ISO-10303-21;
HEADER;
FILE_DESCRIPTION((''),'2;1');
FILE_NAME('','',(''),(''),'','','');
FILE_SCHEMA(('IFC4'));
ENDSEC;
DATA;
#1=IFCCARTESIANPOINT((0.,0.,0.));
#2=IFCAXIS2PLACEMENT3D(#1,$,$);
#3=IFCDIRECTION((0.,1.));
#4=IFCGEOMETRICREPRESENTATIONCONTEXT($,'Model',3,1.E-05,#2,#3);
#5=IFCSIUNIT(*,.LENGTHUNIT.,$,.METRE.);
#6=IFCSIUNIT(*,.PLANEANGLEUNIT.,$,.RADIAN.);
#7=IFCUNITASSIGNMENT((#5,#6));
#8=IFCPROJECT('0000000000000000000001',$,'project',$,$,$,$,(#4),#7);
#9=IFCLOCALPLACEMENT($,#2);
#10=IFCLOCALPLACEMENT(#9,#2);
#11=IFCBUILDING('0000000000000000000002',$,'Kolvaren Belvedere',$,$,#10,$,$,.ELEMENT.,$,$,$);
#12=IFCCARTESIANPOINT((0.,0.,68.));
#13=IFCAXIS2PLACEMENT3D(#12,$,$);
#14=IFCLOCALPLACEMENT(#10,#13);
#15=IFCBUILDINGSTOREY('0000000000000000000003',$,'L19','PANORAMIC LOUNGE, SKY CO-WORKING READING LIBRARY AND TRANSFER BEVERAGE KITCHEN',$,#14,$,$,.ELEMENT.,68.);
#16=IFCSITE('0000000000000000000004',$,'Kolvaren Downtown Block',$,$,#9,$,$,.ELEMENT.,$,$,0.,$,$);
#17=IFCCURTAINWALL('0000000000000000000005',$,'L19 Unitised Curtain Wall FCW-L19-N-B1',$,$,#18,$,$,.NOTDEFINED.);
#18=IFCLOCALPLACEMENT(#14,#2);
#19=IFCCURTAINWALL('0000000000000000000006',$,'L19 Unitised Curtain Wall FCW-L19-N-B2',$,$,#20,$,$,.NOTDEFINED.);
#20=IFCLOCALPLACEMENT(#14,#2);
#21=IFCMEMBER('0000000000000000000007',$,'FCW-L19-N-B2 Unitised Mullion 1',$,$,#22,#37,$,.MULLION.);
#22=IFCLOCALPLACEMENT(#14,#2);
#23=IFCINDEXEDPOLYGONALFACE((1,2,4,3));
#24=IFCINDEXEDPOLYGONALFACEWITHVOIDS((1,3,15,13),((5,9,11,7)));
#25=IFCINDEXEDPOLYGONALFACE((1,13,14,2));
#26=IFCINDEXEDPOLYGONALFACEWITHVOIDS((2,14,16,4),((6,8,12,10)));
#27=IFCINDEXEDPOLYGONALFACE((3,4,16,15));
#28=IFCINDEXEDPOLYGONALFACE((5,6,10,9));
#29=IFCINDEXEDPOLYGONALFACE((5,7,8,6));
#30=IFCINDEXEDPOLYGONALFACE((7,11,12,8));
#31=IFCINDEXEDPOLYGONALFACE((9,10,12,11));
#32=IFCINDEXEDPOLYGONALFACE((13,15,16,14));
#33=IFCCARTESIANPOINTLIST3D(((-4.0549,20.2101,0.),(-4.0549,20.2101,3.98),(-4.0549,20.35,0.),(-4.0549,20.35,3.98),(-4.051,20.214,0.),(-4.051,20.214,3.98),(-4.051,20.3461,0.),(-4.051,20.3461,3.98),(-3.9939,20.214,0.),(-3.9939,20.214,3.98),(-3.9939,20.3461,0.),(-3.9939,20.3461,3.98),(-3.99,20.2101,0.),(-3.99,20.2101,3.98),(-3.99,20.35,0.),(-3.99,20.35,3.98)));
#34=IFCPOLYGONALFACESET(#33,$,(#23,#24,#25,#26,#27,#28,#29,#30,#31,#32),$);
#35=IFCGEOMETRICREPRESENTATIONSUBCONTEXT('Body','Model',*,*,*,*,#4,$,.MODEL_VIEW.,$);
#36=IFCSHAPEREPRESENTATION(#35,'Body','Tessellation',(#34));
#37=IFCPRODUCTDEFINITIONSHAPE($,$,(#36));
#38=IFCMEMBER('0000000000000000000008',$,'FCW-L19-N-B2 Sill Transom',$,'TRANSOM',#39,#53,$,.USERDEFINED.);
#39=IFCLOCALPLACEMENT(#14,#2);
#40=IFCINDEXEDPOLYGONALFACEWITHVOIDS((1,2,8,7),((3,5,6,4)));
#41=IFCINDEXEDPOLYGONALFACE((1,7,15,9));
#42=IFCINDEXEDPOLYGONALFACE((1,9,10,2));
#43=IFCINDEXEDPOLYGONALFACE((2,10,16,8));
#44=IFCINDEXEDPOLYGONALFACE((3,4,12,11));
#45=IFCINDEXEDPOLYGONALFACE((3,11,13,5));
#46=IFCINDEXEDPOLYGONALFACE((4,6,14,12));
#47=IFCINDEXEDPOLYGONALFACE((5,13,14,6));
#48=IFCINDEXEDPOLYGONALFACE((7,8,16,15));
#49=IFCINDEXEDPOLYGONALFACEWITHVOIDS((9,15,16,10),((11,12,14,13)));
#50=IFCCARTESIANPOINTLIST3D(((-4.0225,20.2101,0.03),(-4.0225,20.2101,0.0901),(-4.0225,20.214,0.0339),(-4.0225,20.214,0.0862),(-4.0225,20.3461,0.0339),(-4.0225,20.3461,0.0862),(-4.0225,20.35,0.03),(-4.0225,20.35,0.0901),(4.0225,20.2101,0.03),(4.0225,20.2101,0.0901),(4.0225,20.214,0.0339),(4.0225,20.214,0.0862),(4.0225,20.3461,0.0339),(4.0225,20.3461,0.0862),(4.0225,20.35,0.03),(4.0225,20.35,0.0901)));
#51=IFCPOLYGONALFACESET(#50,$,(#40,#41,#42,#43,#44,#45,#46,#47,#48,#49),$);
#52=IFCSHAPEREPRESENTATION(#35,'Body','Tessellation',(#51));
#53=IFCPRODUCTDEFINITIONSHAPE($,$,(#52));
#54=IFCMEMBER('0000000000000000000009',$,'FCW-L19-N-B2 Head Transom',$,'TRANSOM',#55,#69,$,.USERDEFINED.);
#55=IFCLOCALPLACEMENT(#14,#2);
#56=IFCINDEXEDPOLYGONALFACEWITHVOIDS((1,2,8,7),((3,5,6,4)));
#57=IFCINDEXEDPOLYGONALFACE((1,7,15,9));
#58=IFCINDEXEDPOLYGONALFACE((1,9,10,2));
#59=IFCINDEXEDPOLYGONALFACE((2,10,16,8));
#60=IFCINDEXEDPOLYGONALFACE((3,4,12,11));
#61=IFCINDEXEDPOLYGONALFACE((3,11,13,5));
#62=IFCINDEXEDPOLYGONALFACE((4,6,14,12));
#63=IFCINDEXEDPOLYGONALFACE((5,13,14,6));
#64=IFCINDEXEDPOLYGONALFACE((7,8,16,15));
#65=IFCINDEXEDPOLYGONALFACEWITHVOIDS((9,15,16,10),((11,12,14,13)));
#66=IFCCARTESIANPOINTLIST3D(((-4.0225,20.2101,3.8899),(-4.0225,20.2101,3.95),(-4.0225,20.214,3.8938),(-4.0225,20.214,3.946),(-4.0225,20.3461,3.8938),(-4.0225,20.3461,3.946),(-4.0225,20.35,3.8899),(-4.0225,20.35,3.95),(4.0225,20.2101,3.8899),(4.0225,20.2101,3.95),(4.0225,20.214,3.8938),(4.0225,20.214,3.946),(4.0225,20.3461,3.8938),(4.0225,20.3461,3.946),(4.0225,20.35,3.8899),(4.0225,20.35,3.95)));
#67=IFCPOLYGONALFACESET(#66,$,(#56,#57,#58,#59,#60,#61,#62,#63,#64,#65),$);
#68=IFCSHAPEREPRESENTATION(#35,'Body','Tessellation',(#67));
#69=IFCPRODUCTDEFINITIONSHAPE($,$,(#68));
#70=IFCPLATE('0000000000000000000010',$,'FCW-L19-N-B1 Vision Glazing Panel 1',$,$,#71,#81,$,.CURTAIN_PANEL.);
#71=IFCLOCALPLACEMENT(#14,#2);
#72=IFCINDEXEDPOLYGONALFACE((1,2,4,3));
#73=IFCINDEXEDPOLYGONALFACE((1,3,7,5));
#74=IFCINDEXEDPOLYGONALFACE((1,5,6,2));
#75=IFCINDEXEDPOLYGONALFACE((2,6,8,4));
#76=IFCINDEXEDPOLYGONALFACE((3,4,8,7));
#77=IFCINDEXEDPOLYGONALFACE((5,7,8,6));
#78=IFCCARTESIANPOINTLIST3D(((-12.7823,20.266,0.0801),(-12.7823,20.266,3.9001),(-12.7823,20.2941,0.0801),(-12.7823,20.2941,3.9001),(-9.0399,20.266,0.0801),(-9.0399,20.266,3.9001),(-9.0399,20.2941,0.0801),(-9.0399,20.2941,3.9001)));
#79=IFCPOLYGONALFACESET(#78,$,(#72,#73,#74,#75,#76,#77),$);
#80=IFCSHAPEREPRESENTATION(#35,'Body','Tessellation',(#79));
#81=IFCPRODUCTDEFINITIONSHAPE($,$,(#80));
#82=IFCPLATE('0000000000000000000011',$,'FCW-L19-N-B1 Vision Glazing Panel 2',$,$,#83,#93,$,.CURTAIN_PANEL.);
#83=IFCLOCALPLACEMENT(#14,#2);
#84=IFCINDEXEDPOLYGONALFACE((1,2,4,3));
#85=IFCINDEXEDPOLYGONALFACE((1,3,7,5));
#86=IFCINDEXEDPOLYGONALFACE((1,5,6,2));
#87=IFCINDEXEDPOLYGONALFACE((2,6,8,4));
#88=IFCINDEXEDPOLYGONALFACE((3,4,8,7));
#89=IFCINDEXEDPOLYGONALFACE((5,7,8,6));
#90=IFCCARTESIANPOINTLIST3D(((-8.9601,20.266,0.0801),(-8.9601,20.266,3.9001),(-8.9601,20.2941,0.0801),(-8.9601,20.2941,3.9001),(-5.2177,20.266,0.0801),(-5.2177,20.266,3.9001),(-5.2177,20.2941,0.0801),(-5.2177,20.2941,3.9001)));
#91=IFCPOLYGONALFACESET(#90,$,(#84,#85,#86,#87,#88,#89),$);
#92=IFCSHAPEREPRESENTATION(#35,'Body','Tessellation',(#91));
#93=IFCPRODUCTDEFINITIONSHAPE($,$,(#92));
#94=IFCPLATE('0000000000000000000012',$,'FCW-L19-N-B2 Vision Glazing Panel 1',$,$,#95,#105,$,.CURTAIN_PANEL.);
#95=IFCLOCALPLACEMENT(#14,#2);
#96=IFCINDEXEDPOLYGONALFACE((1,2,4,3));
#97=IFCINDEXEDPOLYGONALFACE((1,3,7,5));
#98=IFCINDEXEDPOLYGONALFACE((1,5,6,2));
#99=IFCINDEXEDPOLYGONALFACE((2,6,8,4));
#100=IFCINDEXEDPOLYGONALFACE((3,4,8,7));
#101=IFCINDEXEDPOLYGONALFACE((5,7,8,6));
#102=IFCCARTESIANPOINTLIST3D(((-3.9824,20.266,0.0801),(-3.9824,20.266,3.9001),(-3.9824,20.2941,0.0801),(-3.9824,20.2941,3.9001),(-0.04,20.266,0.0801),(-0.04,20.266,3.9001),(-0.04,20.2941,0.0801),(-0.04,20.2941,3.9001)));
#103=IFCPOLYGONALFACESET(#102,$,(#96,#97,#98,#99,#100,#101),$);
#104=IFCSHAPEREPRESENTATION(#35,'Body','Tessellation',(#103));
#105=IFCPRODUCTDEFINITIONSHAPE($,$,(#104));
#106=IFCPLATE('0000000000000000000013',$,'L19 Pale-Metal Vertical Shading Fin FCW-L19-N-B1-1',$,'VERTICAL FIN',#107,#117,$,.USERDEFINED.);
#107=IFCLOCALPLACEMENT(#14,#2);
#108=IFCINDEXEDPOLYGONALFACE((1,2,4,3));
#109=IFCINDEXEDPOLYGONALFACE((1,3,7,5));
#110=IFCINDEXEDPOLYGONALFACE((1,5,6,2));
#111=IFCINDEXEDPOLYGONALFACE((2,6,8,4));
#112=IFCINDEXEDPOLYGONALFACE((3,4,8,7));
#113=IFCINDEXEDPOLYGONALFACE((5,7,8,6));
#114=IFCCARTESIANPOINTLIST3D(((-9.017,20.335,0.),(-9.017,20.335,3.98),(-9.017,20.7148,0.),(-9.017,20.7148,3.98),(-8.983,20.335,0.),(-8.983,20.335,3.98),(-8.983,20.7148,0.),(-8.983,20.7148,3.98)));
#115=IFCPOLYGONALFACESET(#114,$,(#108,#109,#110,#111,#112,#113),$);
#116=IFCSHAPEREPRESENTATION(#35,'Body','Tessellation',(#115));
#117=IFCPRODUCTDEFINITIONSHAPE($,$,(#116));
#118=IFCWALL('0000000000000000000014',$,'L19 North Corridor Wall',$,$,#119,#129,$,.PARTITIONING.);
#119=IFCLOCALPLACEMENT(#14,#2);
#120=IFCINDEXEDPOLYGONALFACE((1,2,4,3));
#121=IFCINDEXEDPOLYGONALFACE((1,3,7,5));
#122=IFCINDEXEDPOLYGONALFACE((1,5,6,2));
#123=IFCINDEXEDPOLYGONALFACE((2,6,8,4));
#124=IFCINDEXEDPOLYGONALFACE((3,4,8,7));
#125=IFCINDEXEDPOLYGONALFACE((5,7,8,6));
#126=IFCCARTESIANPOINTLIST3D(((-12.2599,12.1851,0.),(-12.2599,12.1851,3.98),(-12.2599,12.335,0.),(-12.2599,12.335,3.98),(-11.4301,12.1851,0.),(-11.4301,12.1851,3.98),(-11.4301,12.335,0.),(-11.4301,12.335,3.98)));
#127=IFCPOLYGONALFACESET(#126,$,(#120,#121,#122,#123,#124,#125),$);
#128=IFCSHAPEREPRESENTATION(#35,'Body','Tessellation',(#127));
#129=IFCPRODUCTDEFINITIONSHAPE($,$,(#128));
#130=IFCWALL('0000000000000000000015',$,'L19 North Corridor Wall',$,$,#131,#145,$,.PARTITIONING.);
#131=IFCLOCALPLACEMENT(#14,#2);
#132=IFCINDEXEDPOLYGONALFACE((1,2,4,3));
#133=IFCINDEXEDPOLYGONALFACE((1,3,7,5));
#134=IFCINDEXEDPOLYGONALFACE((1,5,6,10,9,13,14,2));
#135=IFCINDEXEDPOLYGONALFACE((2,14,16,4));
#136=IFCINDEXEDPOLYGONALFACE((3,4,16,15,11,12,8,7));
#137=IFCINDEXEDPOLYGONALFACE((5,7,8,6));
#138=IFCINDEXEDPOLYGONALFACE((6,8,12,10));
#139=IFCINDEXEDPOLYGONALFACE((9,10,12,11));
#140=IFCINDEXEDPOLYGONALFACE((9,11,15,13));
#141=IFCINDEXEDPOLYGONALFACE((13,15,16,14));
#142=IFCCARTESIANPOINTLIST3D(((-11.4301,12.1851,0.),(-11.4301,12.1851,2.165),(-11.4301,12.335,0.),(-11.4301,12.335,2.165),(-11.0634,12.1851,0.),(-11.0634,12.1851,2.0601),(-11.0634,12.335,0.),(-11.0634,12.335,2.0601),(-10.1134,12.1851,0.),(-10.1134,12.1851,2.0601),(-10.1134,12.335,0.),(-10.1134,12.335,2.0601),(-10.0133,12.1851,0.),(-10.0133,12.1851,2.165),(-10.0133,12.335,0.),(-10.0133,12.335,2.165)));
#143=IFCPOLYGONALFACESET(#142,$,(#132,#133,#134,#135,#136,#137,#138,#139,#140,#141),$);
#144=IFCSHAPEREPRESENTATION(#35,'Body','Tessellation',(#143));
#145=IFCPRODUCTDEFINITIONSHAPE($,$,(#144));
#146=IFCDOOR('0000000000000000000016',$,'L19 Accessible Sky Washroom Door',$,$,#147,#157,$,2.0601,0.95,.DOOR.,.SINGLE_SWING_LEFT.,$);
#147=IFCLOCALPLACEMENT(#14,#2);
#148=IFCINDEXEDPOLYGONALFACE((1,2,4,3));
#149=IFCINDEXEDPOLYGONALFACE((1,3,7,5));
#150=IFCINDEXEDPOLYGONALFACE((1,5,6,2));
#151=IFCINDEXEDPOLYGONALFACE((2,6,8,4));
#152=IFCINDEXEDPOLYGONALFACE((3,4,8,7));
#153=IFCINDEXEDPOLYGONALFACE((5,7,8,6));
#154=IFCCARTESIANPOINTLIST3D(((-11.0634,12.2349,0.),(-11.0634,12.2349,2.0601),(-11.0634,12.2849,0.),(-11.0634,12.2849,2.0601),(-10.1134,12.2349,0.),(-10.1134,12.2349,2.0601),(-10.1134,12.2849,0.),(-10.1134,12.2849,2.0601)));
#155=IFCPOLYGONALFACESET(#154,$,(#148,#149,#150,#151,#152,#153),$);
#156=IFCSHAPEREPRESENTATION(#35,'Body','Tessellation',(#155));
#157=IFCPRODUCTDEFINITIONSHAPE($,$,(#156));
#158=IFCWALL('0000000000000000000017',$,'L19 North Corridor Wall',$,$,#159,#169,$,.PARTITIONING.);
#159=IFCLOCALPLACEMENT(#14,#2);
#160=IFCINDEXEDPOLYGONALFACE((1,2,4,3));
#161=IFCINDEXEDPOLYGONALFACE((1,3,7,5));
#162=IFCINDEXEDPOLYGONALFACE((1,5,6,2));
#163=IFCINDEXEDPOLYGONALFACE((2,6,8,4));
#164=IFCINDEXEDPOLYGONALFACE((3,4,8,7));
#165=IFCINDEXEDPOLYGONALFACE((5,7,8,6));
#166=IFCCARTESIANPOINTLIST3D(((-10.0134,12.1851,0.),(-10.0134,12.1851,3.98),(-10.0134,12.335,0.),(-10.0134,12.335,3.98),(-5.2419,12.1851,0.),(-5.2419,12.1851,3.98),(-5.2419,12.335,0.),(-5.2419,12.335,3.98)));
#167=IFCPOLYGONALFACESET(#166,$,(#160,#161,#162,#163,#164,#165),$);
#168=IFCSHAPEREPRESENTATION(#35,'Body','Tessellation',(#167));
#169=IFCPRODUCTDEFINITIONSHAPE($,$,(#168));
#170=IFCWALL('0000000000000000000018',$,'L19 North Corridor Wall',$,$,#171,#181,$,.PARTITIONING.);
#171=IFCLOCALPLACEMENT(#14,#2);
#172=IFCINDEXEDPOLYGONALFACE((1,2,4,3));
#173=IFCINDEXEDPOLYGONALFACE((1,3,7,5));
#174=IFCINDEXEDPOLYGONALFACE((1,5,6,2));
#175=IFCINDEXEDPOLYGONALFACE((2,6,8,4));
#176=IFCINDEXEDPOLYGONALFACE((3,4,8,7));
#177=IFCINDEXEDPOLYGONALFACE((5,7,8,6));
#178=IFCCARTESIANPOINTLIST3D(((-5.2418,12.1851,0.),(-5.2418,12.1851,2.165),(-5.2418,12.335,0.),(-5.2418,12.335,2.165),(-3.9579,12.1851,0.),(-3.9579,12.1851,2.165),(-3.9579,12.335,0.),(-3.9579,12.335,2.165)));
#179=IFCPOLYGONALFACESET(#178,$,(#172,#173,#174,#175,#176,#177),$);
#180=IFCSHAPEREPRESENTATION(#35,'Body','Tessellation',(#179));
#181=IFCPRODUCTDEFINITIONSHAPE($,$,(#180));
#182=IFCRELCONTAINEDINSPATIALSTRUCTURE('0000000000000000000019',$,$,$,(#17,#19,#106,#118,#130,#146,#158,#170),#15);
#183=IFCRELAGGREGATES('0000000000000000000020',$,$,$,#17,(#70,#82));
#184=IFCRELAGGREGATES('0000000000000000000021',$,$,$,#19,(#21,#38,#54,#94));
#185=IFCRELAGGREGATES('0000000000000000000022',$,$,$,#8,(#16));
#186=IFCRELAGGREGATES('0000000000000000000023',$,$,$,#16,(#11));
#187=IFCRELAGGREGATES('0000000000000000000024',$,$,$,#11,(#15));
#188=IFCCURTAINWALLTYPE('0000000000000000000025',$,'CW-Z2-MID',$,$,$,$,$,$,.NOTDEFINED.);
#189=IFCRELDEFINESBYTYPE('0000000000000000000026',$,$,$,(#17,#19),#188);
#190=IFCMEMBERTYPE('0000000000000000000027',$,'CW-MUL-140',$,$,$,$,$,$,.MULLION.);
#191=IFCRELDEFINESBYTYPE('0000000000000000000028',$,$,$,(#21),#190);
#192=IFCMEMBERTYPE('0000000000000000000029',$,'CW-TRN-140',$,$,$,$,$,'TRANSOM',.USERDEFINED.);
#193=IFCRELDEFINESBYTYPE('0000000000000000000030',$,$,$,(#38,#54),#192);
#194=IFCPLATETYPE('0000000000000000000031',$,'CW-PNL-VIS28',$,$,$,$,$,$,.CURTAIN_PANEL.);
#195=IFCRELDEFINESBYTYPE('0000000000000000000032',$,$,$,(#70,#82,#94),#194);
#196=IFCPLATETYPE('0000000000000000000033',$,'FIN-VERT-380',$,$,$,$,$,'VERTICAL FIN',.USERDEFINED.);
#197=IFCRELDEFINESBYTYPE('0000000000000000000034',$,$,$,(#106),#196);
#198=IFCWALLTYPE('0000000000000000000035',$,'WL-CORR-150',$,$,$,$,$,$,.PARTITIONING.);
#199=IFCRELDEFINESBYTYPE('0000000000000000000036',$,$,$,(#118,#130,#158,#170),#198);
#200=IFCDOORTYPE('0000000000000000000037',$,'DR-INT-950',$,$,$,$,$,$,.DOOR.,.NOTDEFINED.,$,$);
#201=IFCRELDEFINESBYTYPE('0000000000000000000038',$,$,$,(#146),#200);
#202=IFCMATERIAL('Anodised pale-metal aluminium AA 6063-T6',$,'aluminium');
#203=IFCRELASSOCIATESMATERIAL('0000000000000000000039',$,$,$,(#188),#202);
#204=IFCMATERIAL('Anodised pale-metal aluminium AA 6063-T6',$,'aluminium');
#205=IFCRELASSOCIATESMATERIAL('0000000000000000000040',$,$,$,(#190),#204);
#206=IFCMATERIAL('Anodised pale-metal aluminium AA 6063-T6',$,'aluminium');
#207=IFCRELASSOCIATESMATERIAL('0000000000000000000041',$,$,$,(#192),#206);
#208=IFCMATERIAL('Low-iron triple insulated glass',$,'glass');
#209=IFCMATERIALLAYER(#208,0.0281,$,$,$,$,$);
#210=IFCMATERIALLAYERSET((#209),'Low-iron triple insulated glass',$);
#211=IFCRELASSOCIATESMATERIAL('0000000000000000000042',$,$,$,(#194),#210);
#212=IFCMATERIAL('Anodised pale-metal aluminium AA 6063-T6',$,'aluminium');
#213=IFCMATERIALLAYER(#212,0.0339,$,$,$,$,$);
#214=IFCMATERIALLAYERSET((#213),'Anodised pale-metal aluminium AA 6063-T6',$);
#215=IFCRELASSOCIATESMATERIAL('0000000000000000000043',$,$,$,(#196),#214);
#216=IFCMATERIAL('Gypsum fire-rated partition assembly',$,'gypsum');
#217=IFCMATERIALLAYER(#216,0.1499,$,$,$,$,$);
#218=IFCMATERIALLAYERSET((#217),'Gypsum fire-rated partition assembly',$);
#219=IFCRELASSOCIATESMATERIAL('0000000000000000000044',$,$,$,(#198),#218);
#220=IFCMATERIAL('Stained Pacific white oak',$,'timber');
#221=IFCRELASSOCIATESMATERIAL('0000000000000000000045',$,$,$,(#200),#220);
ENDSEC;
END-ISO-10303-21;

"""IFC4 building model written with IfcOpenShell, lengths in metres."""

from ifc_helpers import new_model, si_unit, direction, frame, frame_2d, origin, origin_2d, place, context, subcontext, project, spatial, rectangle, hollow_rectangle, extrude, material, layer, layer_set, material_profile, profile_set, type_object, element, fill, aggregate, save


model = new_model("IFC4")

# Units and contexts
model_context = context("Model", 3, precision=1e-05, world=origin(), true_north=direction((0.0, 1.0)))
body_context = subcontext(model_context, "Body", "Model", "MODEL_VIEW")
ifc_project = project(units=[si_unit("LENGTHUNIT", "METRE"), si_unit("PLANEANGLEUNIT", "RADIAN")], contexts=[model_context])

# Site, building, storey
site_placement = place(None, origin())
site = spatial("IfcSite", under=ifc_project, at=site_placement, Name="Kolvaren Downtown Block", CompositionType="ELEMENT", RefElevation=0.0)
building_placement = place(site_placement, origin())
building = spatial("IfcBuilding", under=site, at=building_placement, Name="Kolvaren Belvedere", CompositionType="ELEMENT")
storey_placement = place(building_placement, frame((0.0, 0.0, 68.0)))
storey = spatial("IfcBuildingStorey", under=building, at=storey_placement, Name="L19", Description="PANORAMIC LOUNGE, SKY CO-WORKING READING LIBRARY AND TRANSFER BEVERAGE KITCHEN", CompositionType="ELEMENT", Elevation=68.0)

# Curtain walls, members
ifc_material_1 = material(Name="Anodised pale-metal aluminium AA 6063-T6", Category="aluminium")
curtain_wall_type = type_object("IfcCurtainWallType", Name="CW-Z2-MID", PredefinedType="NOTDEFINED", material=ifc_material_1)
curtain_wall_1_placement = place(storey_placement, origin())
curtain_wall_1 = element("IfcCurtainWall", 1, at=curtain_wall_1_placement, inside=storey, type_object=curtain_wall_type, Name="L19 Unitised Curtain Wall FCW-L19-N-B1", PredefinedType="NOTDEFINED")
ifc_material_2 = material(Name="Anodised pale-metal aluminium AA 6063-T6", Category="aluminium")
ifc_material_profile_1 = material_profile(ifc_material_2, hollow_rectangle(XDim=0.0649, YDim=0.1399, WallThickness=0.0039, at=origin_2d()), Name="ALU-MUL-140X65")
ifc_profile_set_1 = profile_set([ifc_material_profile_1], Name="Anodised pale-metal aluminium AA 6063-T6")
member_type_1 = type_object("IfcMemberType", Name="CW-MUL-140", PredefinedType="MULLION", material=ifc_profile_set_1)
curtain_wall_2_placement = place(storey_placement, origin())
curtain_wall_2 = element("IfcCurtainWall", 2, at=curtain_wall_2_placement, inside=storey, type_object=curtain_wall_type, Name="L19 Unitised Curtain Wall FCW-L19-N-B2", PredefinedType="NOTDEFINED")
member_1_placement = place(storey_placement, frame((-4.0225, 20.28, 0.0), z_axis=(0.0, 0.0, 1.0), x_axis=(1.0, 0.0, 0.0)))
member_1 = element("IfcMember", 3, at=member_1_placement, type_object=member_type_1, Name="FCW-L19-N-B2 Unitised Mullion 1", PredefinedType="MULLION", context=body_context, shape_type="SweptSolid", body=[
    extrude(hollow_rectangle(XDim=0.0649, YDim=0.1399, WallThickness=0.0039, at=origin_2d()), origin(), (0.0, 0.0, 1.0), 3.98),
])
ifc_material_3 = material(Name="Anodised pale-metal aluminium AA 6063-T6", Category="aluminium")
ifc_material_profile_2 = material_profile(ifc_material_3, hollow_rectangle(XDim=0.0601, YDim=0.1399, WallThickness=0.0039, at=origin_2d()), Name="ALU-TRN-140X60")
ifc_profile_set_2 = profile_set([ifc_material_profile_2], Name="Anodised pale-metal aluminium AA 6063-T6")
member_type_2 = type_object("IfcMemberType", Name="CW-TRN-140", ElementType="TRANSOM", PredefinedType="USERDEFINED", material=ifc_profile_set_2)
member_2_placement = place(storey_placement, frame((-4.0225, 20.28, 0.0601), z_axis=(1.0, 0.0, 0.0), x_axis=(0.0, 0.0, 1.0)))
member_2 = element("IfcMember", 4, at=member_2_placement, type_object=member_type_2, Name="FCW-L19-N-B2 Sill Transom", ObjectType="TRANSOM", PredefinedType="USERDEFINED", context=body_context, shape_type="SweptSolid", body=[
    extrude(hollow_rectangle(XDim=0.0601, YDim=0.1399, WallThickness=0.0039, at=origin_2d()), origin(), (0.0, 0.0, 1.0), 8.0449),
])
member_3_placement = place(storey_placement, frame((-4.0225, 20.28, 3.9199), z_axis=(1.0, 0.0, 0.0), x_axis=(0.0, 0.0, 1.0)))
member_3 = element("IfcMember", 5, at=member_3_placement, type_object=member_type_2, Name="FCW-L19-N-B2 Head Transom", ObjectType="TRANSOM", PredefinedType="USERDEFINED", context=body_context, shape_type="SweptSolid", body=[
    extrude(hollow_rectangle(XDim=0.0601, YDim=0.1399, WallThickness=0.0039, at=origin_2d()), origin(), (0.0, 0.0, 1.0), 8.0449),
])

# Plates
ifc_material_4 = material(Name="Low-iron triple insulated glass", Category="glass")
ifc_layer_1 = layer(ifc_material_4, 0.0281)
ifc_layer_set_1 = layer_set([ifc_layer_1], Name="Low-iron triple insulated glass")
plate_type_1 = type_object("IfcPlateType", Name="CW-PNL-VIS28", PredefinedType="CURTAIN_PANEL", material=ifc_layer_set_1)
plate_1_placement = place(storey_placement, frame((-10.9111, 20.28, 0.0801), z_axis=(0.0, 0.0, 1.0), x_axis=(1.0, 0.0, 0.0)))
plate_1 = element("IfcPlate", 6, at=plate_1_placement, type_object=plate_type_1, Name="FCW-L19-N-B1 Vision Glazing Panel 1", PredefinedType="CURTAIN_PANEL", context=body_context, shape_type="SweptSolid", body=[
    extrude(rectangle(XDim=3.7424, YDim=0.0281, at=origin_2d()), origin(), (0.0, 0.0, 1.0), 3.8201),
])
plate_2_placement = place(storey_placement, frame((-7.0889, 20.28, 0.0801), z_axis=(0.0, 0.0, 1.0), x_axis=(1.0, 0.0, 0.0)))
plate_2 = element("IfcPlate", 7, at=plate_2_placement, type_object=plate_type_1, Name="FCW-L19-N-B1 Vision Glazing Panel 2", PredefinedType="CURTAIN_PANEL", context=body_context, shape_type="SweptSolid", body=[
    extrude(rectangle(XDim=3.7424, YDim=0.0281, at=origin_2d()), origin(), (0.0, 0.0, 1.0), 3.8201),
])
aggregate(curtain_wall_1, [plate_1, plate_2])
plate_3_placement = place(storey_placement, frame((-2.0112, 20.28, 0.0801), z_axis=(0.0, 0.0, 1.0), x_axis=(1.0, 0.0, 0.0)))
plate_3 = element("IfcPlate", 8, at=plate_3_placement, type_object=plate_type_1, Name="FCW-L19-N-B2 Vision Glazing Panel 1", PredefinedType="CURTAIN_PANEL", context=body_context, shape_type="SweptSolid", body=[
    extrude(rectangle(XDim=3.9424, YDim=0.0281, at=origin_2d()), origin(), (0.0, 0.0, 1.0), 3.8201),
])
aggregate(curtain_wall_2, [member_1, member_2, member_3, plate_3])
ifc_material_5 = material(Name="Anodised pale-metal aluminium AA 6063-T6", Category="aluminium")
ifc_layer_2 = layer(ifc_material_5, 0.0339)
ifc_layer_set_2 = layer_set([ifc_layer_2], Name="Anodised pale-metal aluminium AA 6063-T6")
plate_type_2 = type_object("IfcPlateType", Name="FIN-VERT-380", ElementType="VERTICAL FIN", PredefinedType="USERDEFINED", material=ifc_layer_set_2)
plate_4_placement = place(storey_placement, frame((-9.0, 20.5249, 0.0), z_axis=(0.0, 0.0, 1.0), x_axis=(0.0, 1.0, 0.0)))
element("IfcPlate", 9, at=plate_4_placement, inside=storey, type_object=plate_type_2, Name="L19 Pale-Metal Vertical Shading Fin FCW-L19-N-B1-1", ObjectType="VERTICAL FIN", PredefinedType="USERDEFINED", context=body_context, shape_type="SweptSolid", body=[
    extrude(rectangle(XDim=0.3799, YDim=0.0339, at=origin_2d()), origin(), (0.0, 0.0, 1.0), 3.98),
])

# Wall
ifc_material_6 = material(Name="Gypsum fire-rated partition assembly", Category="gypsum")
ifc_layer_3 = layer(ifc_material_6, 0.1499)
ifc_layer_set_3 = layer_set([ifc_layer_3], Name="Gypsum fire-rated partition assembly")
wall_type_1 = type_object("IfcWallType", Name="WL-CORR-150", PredefinedType="PARTITIONING", material=ifc_layer_set_3)
wall_1_placement = place(storey_placement, frame((-12.26, 12.26, 0.0), z_axis=(0.0, 0.0, 1.0), x_axis=(1.0, 0.0, 0.0)))
element("IfcWall", 10, at=wall_1_placement, inside=storey, type_object=wall_type_1, Name="L19 North Corridor Wall", PredefinedType="PARTITIONING", context=body_context, shape_type="SweptSolid", body=[
    extrude(rectangle(XDim=0.8298, YDim=0.1499, at=frame_2d((0.415, 0.0))), origin(), (0.0, 0.0, 1.0), 3.98),
])

# Wall, opening, door
wall_2_placement = place(storey_placement, frame((-11.4302, 12.26, 0.0), z_axis=(0.0, 0.0, 1.0), x_axis=(1.0, 0.0, 0.0)))
wall_2 = element("IfcWall", 11, at=wall_2_placement, inside=storey, type_object=wall_type_1, Name="L19 North Corridor Wall", PredefinedType="PARTITIONING", context=body_context, shape_type="SweptSolid", body=[
    extrude(rectangle(XDim=1.4167, YDim=0.1499, at=frame_2d((0.7085, 0.0))), origin(), (0.0, 0.0, 1.0), 2.165),
])
opening_1_placement = place(wall_2_placement, frame((0.3667, 0.0, 0.0)))
opening_1 = element("IfcOpeningElement", 12, at=opening_1_placement, cuts=wall_2, PredefinedType="OPENING", context=body_context, shape_type="SweptSolid", body=[
    extrude(rectangle(XDim=0.95, YDim=2.0601, at=frame_2d((0.4751, 1.03))), frame((0.0, 0.085, 0.0), z_axis=(0.0, -1.0, 0.0), x_axis=(1.0, 0.0, 0.0)), (0.0, 0.0, 1.0), 0.1699),
])
ifc_material_7 = material(Name="Stained Pacific white oak", Category="timber")
door_type_1 = type_object("IfcDoorType", Name="DR-INT-950", OperationType="NOTDEFINED", PredefinedType="DOOR", material=ifc_material_7)
door_1_placement = place(opening_1_placement, origin())
door_1 = element("IfcDoor", 13, at=door_1_placement, inside=storey, type_object=door_type_1, Name="L19 Accessible Sky Washroom Door", OperationType="SINGLE_SWING_LEFT", OverallHeight=2.0601, OverallWidth=0.95, PredefinedType="DOOR", context=body_context, shape_type="SweptSolid", body=[
    extrude(rectangle(XDim=0.95, YDim=2.0601, at=frame_2d((0.4751, 1.03))), frame((0.0, 0.0249, 0.0), z_axis=(0.0, -1.0, 0.0), x_axis=(1.0, 0.0, 0.0)), (0.0, 0.0, 1.0), 0.05),
])
fill(opening_1, door_1)

# Walls
wall_3_placement = place(storey_placement, frame((-10.0134, 12.26, 0.0), z_axis=(0.0, 0.0, 1.0), x_axis=(1.0, 0.0, 0.0)))
element("IfcWall", 14, at=wall_3_placement, inside=storey, type_object=wall_type_1, Name="L19 North Corridor Wall", PredefinedType="PARTITIONING", context=body_context, shape_type="SweptSolid", body=[
    extrude(rectangle(XDim=4.7715, YDim=0.1499, at=frame_2d((2.3857, 0.0))), origin(), (0.0, 0.0, 1.0), 3.98),
])
wall_4_placement = place(storey_placement, frame((-5.2419, 12.26, 0.0), z_axis=(0.0, 0.0, 1.0), x_axis=(1.0, 0.0, 0.0)))
element("IfcWall", 15, at=wall_4_placement, inside=storey, type_object=wall_type_1, Name="L19 North Corridor Wall", PredefinedType="PARTITIONING", context=body_context, shape_type="SweptSolid", body=[
    extrude(rectangle(XDim=1.2839, YDim=0.1499, at=frame_2d((0.6421, 0.0))), origin(), (0.0, 0.0, 1.0), 2.165),
])

save(model, "model.ifc")
